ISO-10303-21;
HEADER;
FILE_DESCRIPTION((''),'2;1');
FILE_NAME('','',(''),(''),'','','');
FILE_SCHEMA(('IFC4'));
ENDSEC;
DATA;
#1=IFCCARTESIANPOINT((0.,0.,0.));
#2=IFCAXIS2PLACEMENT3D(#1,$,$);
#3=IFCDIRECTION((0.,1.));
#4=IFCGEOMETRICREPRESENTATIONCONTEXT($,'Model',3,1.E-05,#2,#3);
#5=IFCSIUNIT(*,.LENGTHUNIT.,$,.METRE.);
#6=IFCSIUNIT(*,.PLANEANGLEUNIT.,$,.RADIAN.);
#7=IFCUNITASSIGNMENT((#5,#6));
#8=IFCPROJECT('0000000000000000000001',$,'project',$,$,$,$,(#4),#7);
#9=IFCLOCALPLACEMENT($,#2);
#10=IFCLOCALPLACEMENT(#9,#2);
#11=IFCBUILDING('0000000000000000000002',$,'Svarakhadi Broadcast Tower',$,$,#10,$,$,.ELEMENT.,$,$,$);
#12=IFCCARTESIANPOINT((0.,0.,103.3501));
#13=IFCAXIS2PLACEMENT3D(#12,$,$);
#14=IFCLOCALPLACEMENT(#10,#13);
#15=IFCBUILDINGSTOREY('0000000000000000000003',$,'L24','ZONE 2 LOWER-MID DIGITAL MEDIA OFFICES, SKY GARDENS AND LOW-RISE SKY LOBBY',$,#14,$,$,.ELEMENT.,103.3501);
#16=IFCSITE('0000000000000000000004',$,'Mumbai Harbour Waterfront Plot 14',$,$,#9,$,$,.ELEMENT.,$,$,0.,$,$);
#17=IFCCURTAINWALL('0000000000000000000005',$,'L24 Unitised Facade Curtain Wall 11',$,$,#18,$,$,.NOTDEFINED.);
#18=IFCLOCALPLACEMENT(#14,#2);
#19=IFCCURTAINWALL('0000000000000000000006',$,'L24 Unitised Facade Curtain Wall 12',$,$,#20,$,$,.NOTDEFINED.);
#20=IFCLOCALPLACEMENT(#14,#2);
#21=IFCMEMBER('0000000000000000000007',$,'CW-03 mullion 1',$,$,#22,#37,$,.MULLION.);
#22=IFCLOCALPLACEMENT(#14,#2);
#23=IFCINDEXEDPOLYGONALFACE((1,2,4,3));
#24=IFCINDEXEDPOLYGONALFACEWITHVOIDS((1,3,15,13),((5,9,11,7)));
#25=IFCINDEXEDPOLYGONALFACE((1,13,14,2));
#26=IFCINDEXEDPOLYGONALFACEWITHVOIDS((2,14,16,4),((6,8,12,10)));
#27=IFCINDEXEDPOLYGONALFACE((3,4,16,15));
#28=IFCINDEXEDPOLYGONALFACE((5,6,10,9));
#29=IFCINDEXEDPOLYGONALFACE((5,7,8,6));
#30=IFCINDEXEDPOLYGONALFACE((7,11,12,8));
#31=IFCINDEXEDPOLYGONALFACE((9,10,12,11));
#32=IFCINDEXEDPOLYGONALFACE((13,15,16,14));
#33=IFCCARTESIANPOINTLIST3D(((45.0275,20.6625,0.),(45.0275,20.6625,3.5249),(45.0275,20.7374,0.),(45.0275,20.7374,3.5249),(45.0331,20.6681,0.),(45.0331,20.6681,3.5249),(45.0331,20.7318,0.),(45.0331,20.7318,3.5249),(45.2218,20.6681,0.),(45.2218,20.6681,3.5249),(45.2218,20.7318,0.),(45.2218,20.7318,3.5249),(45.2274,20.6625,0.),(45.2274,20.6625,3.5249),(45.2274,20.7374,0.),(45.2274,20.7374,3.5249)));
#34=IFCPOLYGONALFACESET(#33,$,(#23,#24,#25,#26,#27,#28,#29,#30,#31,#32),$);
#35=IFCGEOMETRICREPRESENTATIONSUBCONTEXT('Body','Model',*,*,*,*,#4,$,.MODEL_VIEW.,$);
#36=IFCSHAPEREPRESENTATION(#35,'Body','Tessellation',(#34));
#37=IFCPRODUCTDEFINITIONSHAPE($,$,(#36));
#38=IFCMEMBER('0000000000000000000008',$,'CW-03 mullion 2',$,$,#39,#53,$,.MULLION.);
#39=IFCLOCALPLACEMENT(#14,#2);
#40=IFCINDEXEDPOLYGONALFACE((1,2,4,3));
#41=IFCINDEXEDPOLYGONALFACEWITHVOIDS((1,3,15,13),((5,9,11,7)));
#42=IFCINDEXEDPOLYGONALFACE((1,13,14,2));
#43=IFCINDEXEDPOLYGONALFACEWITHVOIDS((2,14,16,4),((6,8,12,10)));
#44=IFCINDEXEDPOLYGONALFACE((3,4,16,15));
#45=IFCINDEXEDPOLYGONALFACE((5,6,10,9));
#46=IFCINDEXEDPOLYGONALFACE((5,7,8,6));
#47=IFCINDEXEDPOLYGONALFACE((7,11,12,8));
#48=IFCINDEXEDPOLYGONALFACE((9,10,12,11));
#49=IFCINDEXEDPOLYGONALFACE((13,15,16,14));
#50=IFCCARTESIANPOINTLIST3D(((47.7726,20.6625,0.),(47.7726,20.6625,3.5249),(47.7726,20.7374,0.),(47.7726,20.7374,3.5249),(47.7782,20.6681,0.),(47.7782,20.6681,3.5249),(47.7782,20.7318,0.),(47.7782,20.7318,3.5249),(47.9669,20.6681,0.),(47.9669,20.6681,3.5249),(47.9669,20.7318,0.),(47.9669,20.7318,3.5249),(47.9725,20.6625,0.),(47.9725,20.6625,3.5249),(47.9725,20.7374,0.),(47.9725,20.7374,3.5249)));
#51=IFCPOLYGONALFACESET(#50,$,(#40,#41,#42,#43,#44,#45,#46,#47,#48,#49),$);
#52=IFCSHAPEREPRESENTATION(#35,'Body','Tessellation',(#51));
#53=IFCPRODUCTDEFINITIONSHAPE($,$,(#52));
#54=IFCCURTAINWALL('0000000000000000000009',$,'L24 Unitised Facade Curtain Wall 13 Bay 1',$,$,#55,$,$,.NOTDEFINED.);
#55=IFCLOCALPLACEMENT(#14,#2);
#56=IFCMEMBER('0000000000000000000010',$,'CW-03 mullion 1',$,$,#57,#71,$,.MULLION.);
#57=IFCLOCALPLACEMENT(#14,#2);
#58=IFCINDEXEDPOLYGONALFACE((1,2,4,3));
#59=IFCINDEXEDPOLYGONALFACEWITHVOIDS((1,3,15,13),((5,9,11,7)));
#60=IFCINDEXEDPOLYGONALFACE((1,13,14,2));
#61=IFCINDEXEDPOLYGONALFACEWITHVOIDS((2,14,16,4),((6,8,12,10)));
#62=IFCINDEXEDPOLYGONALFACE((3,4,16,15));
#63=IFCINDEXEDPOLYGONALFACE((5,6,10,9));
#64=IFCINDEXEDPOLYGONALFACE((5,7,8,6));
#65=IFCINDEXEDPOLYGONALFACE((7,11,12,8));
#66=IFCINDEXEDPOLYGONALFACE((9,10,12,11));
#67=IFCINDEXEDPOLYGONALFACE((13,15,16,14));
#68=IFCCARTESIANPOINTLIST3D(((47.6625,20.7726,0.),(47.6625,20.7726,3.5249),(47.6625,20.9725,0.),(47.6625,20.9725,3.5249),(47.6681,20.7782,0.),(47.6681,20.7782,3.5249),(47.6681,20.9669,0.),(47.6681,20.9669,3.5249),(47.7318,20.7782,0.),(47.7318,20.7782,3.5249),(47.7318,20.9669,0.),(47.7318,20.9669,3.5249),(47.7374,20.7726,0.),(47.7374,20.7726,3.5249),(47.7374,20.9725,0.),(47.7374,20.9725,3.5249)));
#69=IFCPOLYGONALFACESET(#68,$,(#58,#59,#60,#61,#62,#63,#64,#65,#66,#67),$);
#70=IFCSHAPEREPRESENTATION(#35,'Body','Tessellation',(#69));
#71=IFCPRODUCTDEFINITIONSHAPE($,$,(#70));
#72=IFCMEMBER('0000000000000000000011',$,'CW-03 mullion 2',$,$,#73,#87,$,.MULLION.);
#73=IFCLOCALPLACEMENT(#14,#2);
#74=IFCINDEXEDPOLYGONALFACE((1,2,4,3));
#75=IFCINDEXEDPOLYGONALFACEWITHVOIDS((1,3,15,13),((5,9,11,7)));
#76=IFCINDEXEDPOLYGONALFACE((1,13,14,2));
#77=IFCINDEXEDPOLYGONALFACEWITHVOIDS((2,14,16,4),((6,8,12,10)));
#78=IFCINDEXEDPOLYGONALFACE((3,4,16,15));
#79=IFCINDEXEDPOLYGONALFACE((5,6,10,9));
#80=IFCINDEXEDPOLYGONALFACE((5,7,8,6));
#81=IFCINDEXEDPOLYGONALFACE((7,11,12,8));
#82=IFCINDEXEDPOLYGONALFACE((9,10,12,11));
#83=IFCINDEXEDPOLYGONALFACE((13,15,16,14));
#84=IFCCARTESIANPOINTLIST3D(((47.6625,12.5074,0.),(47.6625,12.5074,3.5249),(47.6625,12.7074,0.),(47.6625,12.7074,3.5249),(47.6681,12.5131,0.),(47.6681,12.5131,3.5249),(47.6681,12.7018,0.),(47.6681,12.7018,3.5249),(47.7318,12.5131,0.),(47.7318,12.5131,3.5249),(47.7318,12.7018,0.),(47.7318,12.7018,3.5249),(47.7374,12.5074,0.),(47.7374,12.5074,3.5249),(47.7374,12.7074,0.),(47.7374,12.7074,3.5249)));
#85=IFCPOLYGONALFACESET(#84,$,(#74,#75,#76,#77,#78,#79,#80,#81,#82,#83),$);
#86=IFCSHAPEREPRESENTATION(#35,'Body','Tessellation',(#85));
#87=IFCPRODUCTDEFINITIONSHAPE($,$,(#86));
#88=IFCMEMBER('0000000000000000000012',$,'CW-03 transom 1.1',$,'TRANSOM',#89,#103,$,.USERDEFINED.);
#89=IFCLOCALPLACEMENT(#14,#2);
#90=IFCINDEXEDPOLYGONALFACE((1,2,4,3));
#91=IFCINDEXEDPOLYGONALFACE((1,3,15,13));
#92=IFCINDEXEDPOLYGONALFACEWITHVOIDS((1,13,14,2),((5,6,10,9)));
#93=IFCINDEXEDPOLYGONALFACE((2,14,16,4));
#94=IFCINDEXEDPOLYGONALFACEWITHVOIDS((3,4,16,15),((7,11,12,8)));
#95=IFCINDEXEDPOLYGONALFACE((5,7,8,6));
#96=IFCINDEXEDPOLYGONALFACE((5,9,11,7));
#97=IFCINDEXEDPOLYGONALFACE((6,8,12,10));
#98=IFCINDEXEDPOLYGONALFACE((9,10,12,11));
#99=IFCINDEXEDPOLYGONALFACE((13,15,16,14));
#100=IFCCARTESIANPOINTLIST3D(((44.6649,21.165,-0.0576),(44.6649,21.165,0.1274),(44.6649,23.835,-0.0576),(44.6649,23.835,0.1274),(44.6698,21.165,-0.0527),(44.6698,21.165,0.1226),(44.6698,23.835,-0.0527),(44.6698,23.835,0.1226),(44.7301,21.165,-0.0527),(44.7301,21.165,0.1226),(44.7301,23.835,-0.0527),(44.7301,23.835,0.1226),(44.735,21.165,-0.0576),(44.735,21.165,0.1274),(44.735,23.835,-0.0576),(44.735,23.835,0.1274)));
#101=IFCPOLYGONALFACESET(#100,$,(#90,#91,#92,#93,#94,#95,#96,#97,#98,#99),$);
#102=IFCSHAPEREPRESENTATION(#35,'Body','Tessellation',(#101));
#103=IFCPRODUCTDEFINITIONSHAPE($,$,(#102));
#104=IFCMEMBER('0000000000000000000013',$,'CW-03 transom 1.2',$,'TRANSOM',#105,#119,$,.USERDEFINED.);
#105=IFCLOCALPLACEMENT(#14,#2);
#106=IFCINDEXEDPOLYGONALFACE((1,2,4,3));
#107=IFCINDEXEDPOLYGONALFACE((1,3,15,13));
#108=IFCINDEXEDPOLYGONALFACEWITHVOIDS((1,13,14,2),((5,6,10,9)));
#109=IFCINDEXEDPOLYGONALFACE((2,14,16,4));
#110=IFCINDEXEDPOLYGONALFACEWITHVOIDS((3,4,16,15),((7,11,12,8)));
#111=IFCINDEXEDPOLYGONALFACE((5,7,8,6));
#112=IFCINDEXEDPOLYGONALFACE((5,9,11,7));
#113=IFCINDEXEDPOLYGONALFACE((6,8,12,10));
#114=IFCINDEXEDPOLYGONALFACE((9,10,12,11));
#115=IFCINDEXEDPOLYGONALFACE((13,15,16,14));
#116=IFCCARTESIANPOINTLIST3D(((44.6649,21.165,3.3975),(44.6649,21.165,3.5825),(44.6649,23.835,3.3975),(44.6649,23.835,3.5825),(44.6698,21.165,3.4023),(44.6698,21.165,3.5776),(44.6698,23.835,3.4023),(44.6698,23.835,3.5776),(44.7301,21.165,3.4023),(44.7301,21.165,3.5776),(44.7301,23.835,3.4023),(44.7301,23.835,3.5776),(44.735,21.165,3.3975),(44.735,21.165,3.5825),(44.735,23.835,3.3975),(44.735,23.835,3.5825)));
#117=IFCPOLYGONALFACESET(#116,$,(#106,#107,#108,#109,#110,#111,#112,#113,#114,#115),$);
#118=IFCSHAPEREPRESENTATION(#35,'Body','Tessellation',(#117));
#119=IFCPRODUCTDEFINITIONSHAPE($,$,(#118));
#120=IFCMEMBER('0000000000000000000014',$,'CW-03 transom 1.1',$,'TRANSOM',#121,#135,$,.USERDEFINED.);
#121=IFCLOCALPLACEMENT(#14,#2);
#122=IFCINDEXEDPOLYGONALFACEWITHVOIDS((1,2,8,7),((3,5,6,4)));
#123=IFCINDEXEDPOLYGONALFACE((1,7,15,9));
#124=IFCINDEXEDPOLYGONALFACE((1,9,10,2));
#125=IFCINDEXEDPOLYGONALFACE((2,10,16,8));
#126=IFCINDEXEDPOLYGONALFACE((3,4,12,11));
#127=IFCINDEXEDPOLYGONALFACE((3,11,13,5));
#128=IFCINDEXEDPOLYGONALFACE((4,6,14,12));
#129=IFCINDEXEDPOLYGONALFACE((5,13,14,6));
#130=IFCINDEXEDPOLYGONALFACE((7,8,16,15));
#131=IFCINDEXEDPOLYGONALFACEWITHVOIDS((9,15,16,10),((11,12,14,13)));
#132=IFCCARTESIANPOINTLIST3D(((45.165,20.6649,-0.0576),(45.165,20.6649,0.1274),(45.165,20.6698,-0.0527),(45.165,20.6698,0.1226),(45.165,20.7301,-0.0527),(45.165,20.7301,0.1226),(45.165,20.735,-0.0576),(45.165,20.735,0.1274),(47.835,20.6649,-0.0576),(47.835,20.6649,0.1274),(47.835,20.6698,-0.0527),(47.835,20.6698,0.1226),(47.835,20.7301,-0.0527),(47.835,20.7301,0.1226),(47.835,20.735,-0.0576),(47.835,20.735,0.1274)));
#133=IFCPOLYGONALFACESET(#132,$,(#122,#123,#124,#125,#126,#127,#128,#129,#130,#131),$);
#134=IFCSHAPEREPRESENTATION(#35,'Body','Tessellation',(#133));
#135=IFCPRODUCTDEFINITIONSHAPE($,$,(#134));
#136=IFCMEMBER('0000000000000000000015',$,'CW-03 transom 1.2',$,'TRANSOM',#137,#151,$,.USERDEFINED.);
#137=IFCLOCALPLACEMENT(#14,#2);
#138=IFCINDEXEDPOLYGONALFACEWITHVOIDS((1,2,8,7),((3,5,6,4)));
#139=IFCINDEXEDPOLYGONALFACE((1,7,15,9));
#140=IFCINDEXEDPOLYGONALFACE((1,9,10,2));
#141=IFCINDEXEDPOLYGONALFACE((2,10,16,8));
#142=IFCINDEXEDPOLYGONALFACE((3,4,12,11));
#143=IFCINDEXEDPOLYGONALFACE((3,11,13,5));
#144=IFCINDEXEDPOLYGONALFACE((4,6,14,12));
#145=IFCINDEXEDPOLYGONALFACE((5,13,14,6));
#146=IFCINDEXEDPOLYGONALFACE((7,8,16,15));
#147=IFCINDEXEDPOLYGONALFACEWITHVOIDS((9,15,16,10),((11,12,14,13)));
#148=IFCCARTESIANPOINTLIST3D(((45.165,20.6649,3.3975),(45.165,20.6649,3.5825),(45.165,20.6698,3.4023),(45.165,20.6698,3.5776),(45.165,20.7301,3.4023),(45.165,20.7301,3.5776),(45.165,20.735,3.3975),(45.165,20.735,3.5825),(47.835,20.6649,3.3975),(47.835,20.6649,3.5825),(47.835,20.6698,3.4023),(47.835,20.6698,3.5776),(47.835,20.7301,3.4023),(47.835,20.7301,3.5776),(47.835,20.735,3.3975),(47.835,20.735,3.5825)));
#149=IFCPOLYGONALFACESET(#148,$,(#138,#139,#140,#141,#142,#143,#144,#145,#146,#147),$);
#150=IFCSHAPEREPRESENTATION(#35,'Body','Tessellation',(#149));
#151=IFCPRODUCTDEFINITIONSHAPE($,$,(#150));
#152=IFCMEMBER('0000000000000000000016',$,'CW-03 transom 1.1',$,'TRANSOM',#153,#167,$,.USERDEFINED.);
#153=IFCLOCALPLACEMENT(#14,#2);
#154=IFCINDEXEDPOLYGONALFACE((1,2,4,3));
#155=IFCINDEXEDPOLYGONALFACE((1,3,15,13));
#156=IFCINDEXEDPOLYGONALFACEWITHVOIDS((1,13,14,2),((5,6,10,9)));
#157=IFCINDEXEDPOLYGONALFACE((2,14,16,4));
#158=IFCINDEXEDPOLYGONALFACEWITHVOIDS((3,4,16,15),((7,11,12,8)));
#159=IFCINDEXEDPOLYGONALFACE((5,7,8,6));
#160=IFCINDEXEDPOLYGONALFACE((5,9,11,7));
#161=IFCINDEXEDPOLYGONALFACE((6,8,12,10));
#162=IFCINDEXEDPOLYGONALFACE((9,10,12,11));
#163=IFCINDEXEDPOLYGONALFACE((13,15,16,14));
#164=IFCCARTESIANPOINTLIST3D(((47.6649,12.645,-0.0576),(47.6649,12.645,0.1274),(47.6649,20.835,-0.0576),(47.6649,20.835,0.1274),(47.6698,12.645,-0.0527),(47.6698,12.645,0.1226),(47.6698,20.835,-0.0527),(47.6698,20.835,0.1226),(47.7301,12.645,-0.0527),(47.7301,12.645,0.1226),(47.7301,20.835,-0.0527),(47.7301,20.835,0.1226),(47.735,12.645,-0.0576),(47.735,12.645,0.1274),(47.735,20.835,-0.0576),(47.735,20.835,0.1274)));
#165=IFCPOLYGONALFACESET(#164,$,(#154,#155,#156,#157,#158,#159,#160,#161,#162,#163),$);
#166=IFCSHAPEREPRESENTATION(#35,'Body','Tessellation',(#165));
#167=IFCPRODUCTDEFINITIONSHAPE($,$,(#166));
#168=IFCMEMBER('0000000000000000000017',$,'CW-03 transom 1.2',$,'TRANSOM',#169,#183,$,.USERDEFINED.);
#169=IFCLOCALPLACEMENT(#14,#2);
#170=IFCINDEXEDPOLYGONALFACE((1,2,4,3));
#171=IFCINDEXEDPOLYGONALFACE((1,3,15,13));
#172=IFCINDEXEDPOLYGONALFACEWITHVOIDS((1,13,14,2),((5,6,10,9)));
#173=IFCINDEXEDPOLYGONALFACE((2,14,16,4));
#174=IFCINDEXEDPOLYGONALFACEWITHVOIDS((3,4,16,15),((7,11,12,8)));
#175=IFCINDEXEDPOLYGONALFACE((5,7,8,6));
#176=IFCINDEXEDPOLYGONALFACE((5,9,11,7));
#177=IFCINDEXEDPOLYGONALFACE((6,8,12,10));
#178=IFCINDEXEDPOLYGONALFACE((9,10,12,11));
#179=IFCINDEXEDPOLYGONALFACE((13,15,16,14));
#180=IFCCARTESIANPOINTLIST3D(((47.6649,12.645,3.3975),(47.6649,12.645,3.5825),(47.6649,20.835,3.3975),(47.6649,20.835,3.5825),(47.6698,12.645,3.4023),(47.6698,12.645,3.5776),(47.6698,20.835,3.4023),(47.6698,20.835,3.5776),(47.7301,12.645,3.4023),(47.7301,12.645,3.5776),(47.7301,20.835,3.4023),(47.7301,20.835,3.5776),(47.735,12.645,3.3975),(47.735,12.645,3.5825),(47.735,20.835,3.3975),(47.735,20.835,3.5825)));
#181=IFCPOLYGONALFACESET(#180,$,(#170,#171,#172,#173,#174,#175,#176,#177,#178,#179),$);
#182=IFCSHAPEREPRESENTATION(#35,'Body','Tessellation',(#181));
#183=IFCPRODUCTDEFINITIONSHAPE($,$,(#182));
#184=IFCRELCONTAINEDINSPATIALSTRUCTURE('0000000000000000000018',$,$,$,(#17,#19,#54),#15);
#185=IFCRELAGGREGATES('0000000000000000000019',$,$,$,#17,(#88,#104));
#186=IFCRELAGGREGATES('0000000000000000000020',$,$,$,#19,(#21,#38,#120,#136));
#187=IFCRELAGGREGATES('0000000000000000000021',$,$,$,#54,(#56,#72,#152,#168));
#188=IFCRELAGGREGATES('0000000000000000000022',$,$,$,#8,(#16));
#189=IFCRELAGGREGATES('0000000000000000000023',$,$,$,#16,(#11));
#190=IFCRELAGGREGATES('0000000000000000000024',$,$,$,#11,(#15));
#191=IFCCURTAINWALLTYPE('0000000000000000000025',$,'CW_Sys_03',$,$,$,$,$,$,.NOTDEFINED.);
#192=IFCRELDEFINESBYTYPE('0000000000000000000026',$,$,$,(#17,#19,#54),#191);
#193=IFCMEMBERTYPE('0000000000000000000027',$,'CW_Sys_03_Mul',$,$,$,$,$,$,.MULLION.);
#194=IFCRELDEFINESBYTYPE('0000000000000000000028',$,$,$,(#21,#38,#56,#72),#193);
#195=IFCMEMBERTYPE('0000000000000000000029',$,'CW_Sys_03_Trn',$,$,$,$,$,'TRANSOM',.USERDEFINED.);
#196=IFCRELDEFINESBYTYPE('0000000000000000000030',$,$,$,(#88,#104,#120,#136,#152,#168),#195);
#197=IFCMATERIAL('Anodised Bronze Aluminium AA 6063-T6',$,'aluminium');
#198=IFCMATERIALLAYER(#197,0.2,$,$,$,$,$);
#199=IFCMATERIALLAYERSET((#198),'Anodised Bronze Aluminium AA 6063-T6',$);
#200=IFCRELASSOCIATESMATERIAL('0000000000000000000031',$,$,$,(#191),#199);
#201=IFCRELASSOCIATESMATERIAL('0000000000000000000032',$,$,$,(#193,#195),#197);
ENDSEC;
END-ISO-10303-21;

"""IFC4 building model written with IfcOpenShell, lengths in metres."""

from ifc_helpers import new_model, si_unit, direction, frame, origin, origin_2d, place, context, subcontext, project, spatial, hollow_rectangle, extrude, material, layer, layer_set, material_profile, profile_set, type_object, element, aggregate, save


model = new_model("IFC4")

# Units and contexts
model_context = context("Model", 3, precision=1e-05, world=origin(), true_north=direction((0.0, 1.0)))
body_context = subcontext(model_context, "Body", "Model", "MODEL_VIEW")
ifc_project = project(units=[si_unit("LENGTHUNIT", "METRE"), si_unit("PLANEANGLEUNIT", "RADIAN")], contexts=[model_context])

# Site, building, storey
site_placement = place(None, origin())
site = spatial("IfcSite", under=ifc_project, at=site_placement, Name="Mumbai Harbour Waterfront Plot 14", CompositionType="ELEMENT", RefElevation=0.0)
building_placement = place(site_placement, origin())
building = spatial("IfcBuilding", under=site, at=building_placement, Name="Svarakhadi Broadcast Tower", CompositionType="ELEMENT")
storey_placement = place(building_placement, frame((0.0, 0.0, 103.3501)))
storey = spatial("IfcBuildingStorey", under=building, at=storey_placement, Name="L24", Description="ZONE 2 LOWER-MID DIGITAL MEDIA OFFICES, SKY GARDENS AND LOW-RISE SKY LOBBY", CompositionType="ELEMENT", Elevation=103.3501)

# Shared definitions
ifc_material_1 = material(Name="Anodised Bronze Aluminium AA 6063-T6", Category="aluminium")
ifc_layer_1 = layer(ifc_material_1, 0.2)
ifc_layer_set_1 = layer_set([ifc_layer_1], Name="Anodised Bronze Aluminium AA 6063-T6")
curtain_wall_type = type_object("IfcCurtainWallType", Name="CW_Sys_03", PredefinedType="NOTDEFINED", material=ifc_layer_set_1)
ifc_material_profile_1 = material_profile(ifc_material_1, hollow_rectangle(XDim=0.075, YDim=0.2, WallThickness=0.0056, at=origin_2d()), Name="ALU MULLION 200x75x6")
ifc_profile_set_1 = profile_set([ifc_material_profile_1], Name="Anodised Bronze Aluminium AA 6063-T6")
member_type_1 = type_object("IfcMemberType", Name="CW_Sys_03_Mul", PredefinedType="MULLION", material=ifc_profile_set_1)

# Curtain walls, members
curtain_wall_1_placement = place(storey_placement, origin())
curtain_wall_1 = element("IfcCurtainWall", 1, at=curtain_wall_1_placement, inside=storey, type_object=curtain_wall_type, Name="L24 Unitised Facade Curtain Wall 11", PredefinedType="NOTDEFINED")
curtain_wall_2_placement = place(storey_placement, origin())
curtain_wall_2 = element("IfcCurtainWall", 2, at=curtain_wall_2_placement, inside=storey, type_object=curtain_wall_type, Name="L24 Unitised Facade Curtain Wall 12", PredefinedType="NOTDEFINED")
member_1_placement = place(storey_placement, frame((45.1274, 20.7, 0.0), z_axis=(0.0, 0.0, 1.0), x_axis=(0.0, 1.0, 0.0)))
member_1 = element("IfcMember", 3, at=member_1_placement, type_object=member_type_1, Name="CW-03 mullion 1", PredefinedType="MULLION", context=body_context, shape_type="SweptSolid", body=[
    extrude(hollow_rectangle(XDim=0.075, YDim=0.2, WallThickness=0.0056, at=origin_2d()), origin(), (0.0, 0.0, 1.0), 3.5249),
])
member_2_placement = place(storey_placement, frame((47.8726, 20.7, 0.0), z_axis=(0.0, 0.0, 1.0), x_axis=(0.0, 1.0, 0.0)))
member_2 = element("IfcMember", 4, at=member_2_placement, type_object=member_type_1, Name="CW-03 mullion 2", PredefinedType="MULLION", context=body_context, shape_type="SweptSolid", body=[
    extrude(hollow_rectangle(XDim=0.075, YDim=0.2, WallThickness=0.0056, at=origin_2d()), origin(), (0.0, 0.0, 1.0), 3.5249),
])
curtain_wall_3_placement = place(storey_placement, origin())
curtain_wall_3 = element("IfcCurtainWall", 5, at=curtain_wall_3_placement, inside=storey, type_object=curtain_wall_type, Name="L24 Unitised Facade Curtain Wall 13 Bay 1", PredefinedType="NOTDEFINED")
member_3_placement = place(storey_placement, frame((47.7, 20.8726, 0.0), z_axis=(0.0, 0.0, 1.0), x_axis=(1.0, 0.0, 0.0)))
member_3 = element("IfcMember", 6, at=member_3_placement, type_object=member_type_1, Name="CW-03 mullion 1", PredefinedType="MULLION", context=body_context, shape_type="SweptSolid", body=[
    extrude(hollow_rectangle(XDim=0.075, YDim=0.2, WallThickness=0.0056, at=origin_2d()), origin(), (0.0, 0.0, 1.0), 3.5249),
])
member_4_placement = place(storey_placement, frame((47.7, 12.6074, 0.0), z_axis=(0.0, 0.0, 1.0), x_axis=(1.0, 0.0, 0.0)))
member_4 = element("IfcMember", 7, at=member_4_placement, type_object=member_type_1, Name="CW-03 mullion 2", PredefinedType="MULLION", context=body_context, shape_type="SweptSolid", body=[
    extrude(hollow_rectangle(XDim=0.075, YDim=0.2, WallThickness=0.0056, at=origin_2d()), origin(), (0.0, 0.0, 1.0), 3.5249),
])

# Members
ifc_material_profile_2 = material_profile(ifc_material_1, hollow_rectangle(XDim=0.0701, YDim=0.1851, WallThickness=0.0049, at=origin_2d()), Name="ALU TRANSOM 185x70x5")
ifc_profile_set_2 = profile_set([ifc_material_profile_2], Name="Anodised Bronze Aluminium AA 6063-T6")
member_type_2 = type_object("IfcMemberType", Name="CW_Sys_03_Trn", ElementType="TRANSOM", PredefinedType="USERDEFINED", material=ifc_profile_set_2)
member_5_placement = place(storey_placement, frame((44.7, 23.835, 0.0349), z_axis=(0.0, -1.0, 0.0), x_axis=(1.0, 0.0, 0.0)))
member_5 = element("IfcMember", 8, at=member_5_placement, type_object=member_type_2, Name="CW-03 transom 1.1", ObjectType="TRANSOM", PredefinedType="USERDEFINED", context=body_context, shape_type="SweptSolid", body=[
    extrude(hollow_rectangle(XDim=0.0701, YDim=0.1851, WallThickness=0.0049, at=origin_2d()), origin(), (0.0, 0.0, 1.0), 2.6699),
])
member_6_placement = place(storey_placement, frame((44.7, 23.835, 3.49), z_axis=(0.0, -1.0, 0.0), x_axis=(1.0, 0.0, 0.0)))
member_6 = element("IfcMember", 9, at=member_6_placement, type_object=member_type_2, Name="CW-03 transom 1.2", ObjectType="TRANSOM", PredefinedType="USERDEFINED", context=body_context, shape_type="SweptSolid", body=[
    extrude(hollow_rectangle(XDim=0.0701, YDim=0.1851, WallThickness=0.0049, at=origin_2d()), origin(), (0.0, 0.0, 1.0), 2.6699),
])
member_7_placement = place(storey_placement, frame((45.165, 20.7, 0.0349), z_axis=(1.0, 0.0, 0.0), x_axis=(0.0, 1.0, 0.0)))
member_7 = element("IfcMember", 10, at=member_7_placement, type_object=member_type_2, Name="CW-03 transom 1.1", ObjectType="TRANSOM", PredefinedType="USERDEFINED", context=body_context, shape_type="SweptSolid", body=[
    extrude(hollow_rectangle(XDim=0.0701, YDim=0.1851, WallThickness=0.0049, at=origin_2d()), origin(), (0.0, 0.0, 1.0), 2.6699),
])
member_8_placement = place(storey_placement, frame((45.165, 20.7, 3.49), z_axis=(1.0, 0.0, 0.0), x_axis=(0.0, 1.0, 0.0)))
member_8 = element("IfcMember", 11, at=member_8_placement, type_object=member_type_2, Name="CW-03 transom 1.2", ObjectType="TRANSOM", PredefinedType="USERDEFINED", context=body_context, shape_type="SweptSolid", body=[
    extrude(hollow_rectangle(XDim=0.0701, YDim=0.1851, WallThickness=0.0049, at=origin_2d()), origin(), (0.0, 0.0, 1.0), 2.6699),
])
member_9_placement = place(storey_placement, frame((47.7, 20.835, 0.0349), z_axis=(0.0, -1.0, 0.0), x_axis=(1.0, 0.0, 0.0)))
member_9 = element("IfcMember", 12, at=member_9_placement, type_object=member_type_2, Name="CW-03 transom 1.1", ObjectType="TRANSOM", PredefinedType="USERDEFINED", context=body_context, shape_type="SweptSolid", body=[
    extrude(hollow_rectangle(XDim=0.0701, YDim=0.1851, WallThickness=0.0049, at=origin_2d()), origin(), (0.0, 0.0, 1.0), 8.1899),
])
member_10_placement = place(storey_placement, frame((47.7, 20.835, 3.49), z_axis=(0.0, -1.0, 0.0), x_axis=(1.0, 0.0, 0.0)))
member_10 = element("IfcMember", 13, at=member_10_placement, type_object=member_type_2, Name="CW-03 transom 1.2", ObjectType="TRANSOM", PredefinedType="USERDEFINED", context=body_context, shape_type="SweptSolid", body=[
    extrude(hollow_rectangle(XDim=0.0701, YDim=0.1851, WallThickness=0.0049, at=origin_2d()), origin(), (0.0, 0.0, 1.0), 8.1899),
])

aggregate(curtain_wall_1, [member_5, member_6])
aggregate(curtain_wall_2, [member_1, member_2, member_7, member_8])
aggregate(curtain_wall_3, [member_3, member_4, member_9, member_10])

save(model, "model.ifc")
